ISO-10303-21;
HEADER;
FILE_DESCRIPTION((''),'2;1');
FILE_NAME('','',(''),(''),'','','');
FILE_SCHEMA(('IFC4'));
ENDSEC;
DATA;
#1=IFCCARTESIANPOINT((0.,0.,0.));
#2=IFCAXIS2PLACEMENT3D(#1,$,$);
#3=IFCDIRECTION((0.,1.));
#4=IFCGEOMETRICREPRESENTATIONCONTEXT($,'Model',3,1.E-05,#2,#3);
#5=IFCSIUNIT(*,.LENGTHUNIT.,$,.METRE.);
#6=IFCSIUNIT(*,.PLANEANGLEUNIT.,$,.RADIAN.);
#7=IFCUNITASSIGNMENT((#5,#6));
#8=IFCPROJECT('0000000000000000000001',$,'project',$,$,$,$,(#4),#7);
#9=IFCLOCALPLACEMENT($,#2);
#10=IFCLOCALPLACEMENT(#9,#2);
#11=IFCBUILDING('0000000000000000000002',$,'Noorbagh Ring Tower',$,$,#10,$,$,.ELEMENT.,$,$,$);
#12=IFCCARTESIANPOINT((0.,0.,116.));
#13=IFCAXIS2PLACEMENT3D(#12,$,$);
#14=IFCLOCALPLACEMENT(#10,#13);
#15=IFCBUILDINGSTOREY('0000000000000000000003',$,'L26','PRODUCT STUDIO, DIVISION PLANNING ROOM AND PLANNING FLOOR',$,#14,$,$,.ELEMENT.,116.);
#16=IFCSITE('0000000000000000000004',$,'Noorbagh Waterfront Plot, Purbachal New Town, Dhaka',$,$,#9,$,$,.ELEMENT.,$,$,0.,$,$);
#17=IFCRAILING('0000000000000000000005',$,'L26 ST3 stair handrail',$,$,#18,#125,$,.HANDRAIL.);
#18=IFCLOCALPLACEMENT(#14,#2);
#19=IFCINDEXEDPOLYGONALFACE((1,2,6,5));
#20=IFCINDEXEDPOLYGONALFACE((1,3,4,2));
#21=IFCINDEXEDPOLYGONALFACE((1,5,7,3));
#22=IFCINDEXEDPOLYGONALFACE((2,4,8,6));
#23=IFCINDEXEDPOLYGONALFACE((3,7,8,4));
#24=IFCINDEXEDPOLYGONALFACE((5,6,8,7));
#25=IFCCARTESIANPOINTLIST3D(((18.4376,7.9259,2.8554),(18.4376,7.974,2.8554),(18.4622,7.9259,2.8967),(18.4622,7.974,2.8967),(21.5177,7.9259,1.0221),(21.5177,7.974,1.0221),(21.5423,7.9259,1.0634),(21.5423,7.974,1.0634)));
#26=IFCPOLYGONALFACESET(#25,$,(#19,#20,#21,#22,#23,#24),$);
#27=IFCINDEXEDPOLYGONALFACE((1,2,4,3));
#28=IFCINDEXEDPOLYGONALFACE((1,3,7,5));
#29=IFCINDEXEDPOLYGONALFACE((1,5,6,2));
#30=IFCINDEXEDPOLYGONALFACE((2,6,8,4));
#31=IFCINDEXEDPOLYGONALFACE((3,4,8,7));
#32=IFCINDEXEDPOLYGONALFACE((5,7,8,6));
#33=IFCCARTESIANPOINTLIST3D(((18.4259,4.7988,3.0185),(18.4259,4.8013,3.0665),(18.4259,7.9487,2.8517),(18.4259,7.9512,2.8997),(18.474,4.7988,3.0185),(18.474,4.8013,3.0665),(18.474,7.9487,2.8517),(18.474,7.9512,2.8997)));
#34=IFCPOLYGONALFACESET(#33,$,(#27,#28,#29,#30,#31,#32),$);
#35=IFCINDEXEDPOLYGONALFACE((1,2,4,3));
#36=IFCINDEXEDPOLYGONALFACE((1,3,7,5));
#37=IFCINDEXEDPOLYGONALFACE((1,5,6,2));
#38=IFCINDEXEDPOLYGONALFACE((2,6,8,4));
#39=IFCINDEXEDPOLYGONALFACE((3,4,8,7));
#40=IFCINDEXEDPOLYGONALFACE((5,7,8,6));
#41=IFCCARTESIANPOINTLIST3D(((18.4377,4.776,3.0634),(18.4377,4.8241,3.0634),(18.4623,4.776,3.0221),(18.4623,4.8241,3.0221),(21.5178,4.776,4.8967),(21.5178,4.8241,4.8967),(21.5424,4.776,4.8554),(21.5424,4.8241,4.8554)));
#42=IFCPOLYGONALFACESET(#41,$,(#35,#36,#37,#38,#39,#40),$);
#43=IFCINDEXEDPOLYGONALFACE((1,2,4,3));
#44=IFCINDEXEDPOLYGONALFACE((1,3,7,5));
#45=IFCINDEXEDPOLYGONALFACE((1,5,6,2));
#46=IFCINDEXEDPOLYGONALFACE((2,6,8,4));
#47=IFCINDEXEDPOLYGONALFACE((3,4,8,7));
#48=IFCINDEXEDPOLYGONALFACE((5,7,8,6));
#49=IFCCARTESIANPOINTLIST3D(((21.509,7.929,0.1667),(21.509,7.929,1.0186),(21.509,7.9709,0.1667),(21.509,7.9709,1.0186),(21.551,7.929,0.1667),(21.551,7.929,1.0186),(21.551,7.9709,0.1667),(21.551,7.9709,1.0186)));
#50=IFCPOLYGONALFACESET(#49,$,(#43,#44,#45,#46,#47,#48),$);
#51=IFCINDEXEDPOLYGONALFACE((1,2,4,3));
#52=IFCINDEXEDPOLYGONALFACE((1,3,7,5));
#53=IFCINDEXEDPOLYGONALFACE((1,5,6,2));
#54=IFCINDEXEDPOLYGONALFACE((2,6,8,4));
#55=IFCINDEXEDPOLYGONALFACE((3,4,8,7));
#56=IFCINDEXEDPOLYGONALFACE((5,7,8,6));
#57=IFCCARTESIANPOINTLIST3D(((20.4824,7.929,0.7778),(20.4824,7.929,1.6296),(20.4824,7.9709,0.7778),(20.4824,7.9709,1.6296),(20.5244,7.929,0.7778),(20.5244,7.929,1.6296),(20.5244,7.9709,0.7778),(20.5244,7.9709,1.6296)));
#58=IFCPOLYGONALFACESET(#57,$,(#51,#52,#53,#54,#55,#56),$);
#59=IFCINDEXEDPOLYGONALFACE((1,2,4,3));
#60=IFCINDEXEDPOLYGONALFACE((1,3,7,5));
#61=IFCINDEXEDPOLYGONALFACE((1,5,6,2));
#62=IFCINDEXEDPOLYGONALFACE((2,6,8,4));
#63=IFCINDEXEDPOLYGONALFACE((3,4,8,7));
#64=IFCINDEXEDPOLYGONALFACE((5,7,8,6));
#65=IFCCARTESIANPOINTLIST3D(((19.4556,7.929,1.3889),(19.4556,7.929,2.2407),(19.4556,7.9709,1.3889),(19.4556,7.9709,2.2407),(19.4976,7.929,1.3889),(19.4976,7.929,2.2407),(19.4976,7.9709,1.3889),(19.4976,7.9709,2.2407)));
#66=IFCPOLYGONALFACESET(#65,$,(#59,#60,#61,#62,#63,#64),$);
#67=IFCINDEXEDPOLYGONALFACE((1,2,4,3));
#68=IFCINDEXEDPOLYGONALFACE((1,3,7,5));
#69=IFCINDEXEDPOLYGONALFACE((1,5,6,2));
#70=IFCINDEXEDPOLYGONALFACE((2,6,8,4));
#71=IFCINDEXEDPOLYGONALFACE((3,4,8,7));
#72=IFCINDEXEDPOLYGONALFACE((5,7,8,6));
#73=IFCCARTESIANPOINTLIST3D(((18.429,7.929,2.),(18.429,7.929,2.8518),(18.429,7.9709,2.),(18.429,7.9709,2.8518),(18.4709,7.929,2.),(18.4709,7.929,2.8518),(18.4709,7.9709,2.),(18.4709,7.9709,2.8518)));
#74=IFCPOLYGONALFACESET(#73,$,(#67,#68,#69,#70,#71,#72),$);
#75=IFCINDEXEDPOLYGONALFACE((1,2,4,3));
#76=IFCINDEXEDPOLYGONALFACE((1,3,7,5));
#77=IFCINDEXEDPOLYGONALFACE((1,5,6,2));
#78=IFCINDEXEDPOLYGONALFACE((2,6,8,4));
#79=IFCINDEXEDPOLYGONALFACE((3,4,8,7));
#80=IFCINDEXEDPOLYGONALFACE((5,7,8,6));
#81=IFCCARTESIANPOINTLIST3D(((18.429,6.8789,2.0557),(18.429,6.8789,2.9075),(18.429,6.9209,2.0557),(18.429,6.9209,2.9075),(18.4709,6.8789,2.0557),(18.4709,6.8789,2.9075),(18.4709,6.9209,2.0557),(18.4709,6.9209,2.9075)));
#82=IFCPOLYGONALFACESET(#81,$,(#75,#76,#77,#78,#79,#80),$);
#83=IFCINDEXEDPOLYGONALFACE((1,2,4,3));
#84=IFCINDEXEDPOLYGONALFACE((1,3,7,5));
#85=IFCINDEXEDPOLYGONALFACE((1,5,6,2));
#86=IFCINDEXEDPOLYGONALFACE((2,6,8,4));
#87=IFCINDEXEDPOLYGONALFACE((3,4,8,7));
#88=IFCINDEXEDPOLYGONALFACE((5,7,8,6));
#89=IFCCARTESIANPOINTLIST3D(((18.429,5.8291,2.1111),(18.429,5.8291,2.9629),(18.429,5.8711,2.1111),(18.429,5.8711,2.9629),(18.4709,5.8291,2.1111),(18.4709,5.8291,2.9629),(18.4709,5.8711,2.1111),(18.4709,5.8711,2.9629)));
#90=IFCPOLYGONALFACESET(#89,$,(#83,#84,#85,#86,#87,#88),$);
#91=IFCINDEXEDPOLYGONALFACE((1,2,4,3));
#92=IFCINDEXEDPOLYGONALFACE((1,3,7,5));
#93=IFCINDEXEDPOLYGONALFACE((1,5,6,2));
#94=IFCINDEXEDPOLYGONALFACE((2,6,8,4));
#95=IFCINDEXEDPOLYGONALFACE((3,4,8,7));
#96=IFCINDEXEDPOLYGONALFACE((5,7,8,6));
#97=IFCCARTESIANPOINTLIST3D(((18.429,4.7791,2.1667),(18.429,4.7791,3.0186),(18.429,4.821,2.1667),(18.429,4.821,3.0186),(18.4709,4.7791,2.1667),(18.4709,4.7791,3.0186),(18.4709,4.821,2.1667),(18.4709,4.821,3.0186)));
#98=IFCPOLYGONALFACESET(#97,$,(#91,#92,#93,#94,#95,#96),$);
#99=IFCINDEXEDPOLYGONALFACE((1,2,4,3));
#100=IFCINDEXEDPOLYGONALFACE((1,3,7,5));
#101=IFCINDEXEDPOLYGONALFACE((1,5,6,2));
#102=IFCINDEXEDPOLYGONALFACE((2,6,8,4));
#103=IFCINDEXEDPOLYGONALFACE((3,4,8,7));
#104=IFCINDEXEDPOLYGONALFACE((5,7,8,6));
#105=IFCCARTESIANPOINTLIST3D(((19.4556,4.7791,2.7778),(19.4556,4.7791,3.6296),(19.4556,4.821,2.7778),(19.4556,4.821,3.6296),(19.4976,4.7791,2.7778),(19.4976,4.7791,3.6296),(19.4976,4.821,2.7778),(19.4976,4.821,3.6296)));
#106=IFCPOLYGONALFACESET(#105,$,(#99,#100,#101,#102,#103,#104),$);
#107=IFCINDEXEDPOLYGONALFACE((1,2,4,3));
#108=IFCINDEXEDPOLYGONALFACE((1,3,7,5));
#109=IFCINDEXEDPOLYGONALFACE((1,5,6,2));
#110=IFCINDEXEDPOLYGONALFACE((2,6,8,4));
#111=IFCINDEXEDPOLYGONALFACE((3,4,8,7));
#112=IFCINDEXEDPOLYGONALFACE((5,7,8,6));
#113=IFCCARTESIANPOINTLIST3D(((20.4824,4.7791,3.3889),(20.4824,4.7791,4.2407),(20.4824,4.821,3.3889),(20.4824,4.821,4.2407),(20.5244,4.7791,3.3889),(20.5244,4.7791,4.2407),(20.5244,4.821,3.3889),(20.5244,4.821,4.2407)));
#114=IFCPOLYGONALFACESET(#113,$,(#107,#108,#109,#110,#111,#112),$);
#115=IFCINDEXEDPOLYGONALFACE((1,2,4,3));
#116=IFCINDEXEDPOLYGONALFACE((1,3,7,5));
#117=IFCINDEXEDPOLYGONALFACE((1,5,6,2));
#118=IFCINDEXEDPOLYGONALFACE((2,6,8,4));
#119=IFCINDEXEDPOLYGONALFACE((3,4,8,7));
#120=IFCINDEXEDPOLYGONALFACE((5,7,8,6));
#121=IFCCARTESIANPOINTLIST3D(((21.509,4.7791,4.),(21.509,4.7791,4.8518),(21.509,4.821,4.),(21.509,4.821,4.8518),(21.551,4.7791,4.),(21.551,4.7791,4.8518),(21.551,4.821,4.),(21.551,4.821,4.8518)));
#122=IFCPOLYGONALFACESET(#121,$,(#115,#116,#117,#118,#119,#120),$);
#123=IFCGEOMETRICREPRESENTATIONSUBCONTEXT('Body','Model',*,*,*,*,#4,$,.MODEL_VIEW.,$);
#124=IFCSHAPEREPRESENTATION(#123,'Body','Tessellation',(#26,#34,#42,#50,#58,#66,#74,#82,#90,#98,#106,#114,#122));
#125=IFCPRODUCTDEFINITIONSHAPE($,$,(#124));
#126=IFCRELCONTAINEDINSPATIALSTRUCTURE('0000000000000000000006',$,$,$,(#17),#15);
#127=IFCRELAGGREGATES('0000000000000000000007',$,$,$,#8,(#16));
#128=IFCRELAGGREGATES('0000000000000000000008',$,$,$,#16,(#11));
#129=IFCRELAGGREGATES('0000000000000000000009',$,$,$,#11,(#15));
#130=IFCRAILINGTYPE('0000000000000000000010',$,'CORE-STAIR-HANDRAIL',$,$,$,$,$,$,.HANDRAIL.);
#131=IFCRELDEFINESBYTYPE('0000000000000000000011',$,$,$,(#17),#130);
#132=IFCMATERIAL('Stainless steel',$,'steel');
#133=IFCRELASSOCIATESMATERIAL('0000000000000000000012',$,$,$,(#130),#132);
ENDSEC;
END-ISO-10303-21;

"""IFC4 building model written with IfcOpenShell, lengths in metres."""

from ifc_helpers import new_model, si_unit, direction, frame, origin, origin_2d, place, context, subcontext, project, spatial, rectangle, extrude, material, type_object, element, save


model = new_model("IFC4")

# Units and contexts
model_context = context("Model", 3, precision=1e-05, world=origin(), true_north=direction((0.0, 1.0)))
body_context = subcontext(model_context, "Body", "Model", "MODEL_VIEW")
ifc_project = project(units=[si_unit("LENGTHUNIT", "METRE"), si_unit("PLANEANGLEUNIT", "RADIAN")], contexts=[model_context])

# Site, building, storey
site_placement = place(None, origin())
site = spatial("IfcSite", under=ifc_project, at=site_placement, Name="Noorbagh Waterfront Plot, Purbachal New Town, Dhaka", CompositionType="ELEMENT", RefElevation=0.0)
building_placement = place(site_placement, origin())
building = spatial("IfcBuilding", under=site, at=building_placement, Name="Noorbagh Ring Tower", CompositionType="ELEMENT")
storey_placement = place(building_placement, frame((0.0, 0.0, 116.0)))
storey = spatial("IfcBuildingStorey", under=building, at=storey_placement, Name="L26", Description="PRODUCT STUDIO, DIVISION PLANNING ROOM AND PLANNING FLOOR", CompositionType="ELEMENT", Elevation=116.0)

# Railing
ifc_material_1 = material(Name="Stainless steel", Category="steel")
railing_type_1 = type_object("IfcRailingType", Name="CORE-STAIR-HANDRAIL", PredefinedType="HANDRAIL", material=ifc_material_1)
railing_1_placement = place(storey_placement, frame((21.53, 7.95, 0.1667)))
element("IfcRailing", 1, at=railing_1_placement, inside=storey, type_object=railing_type_1, Name="L26 ST3 stair handrail", PredefinedType="HANDRAIL", context=body_context, shape_type="SweptSolid", body=[
    extrude(rectangle(XDim=0.0481, YDim=0.0481, at=origin_2d()), frame((0.0, 0.0, 0.876), z_axis=(-0.859309, 0.0, 0.511458), x_axis=(0.0, -1.0, 0.0)), (0.0, 0.0, 1.0), 3.5845),
    extrude(rectangle(XDim=0.0481, YDim=0.0481, at=origin_2d()), frame((-3.0801, 0.0, 2.709), z_axis=(0.0, -0.998602, 0.052864), x_axis=(1.0, 0.0, 0.0)), (0.0, 0.0, 1.0), 3.1543),
    extrude(rectangle(XDim=0.0481, YDim=0.0481, at=origin_2d()), frame((-3.0801, -3.1499, 2.876), z_axis=(0.859309, 0.0, 0.511458), x_axis=(0.0, 1.0, 0.0)), (0.0, 0.0, 1.0), 3.5845),
    extrude(rectangle(XDim=0.042, YDim=0.042, at=origin_2d()), origin(), (0.0, 0.0, 1.0), 0.8518),
    extrude(rectangle(XDim=0.042, YDim=0.042, at=origin_2d()), frame((-1.0266, 0.0, 0.6111)), (0.0, 0.0, 1.0), 0.8518),
    extrude(rectangle(XDim=0.042, YDim=0.042, at=origin_2d()), frame((-2.0535, 0.0, 1.2222)), (0.0, 0.0, 1.0), 0.8518),
    extrude(rectangle(XDim=0.042, YDim=0.042, at=origin_2d()), frame((-3.0801, 0.0, 1.8333)), (0.0, 0.0, 1.0), 0.8518),
    extrude(rectangle(XDim=0.042, YDim=0.042, at=origin_2d()), frame((-3.0801, -1.05, 1.8889)), (0.0, 0.0, 1.0), 0.8518),
    extrude(rectangle(XDim=0.042, YDim=0.042, at=origin_2d()), frame((-3.0801, -2.0999, 1.9443)), (0.0, 0.0, 1.0), 0.8518),
    extrude(rectangle(XDim=0.042, YDim=0.042, at=origin_2d()), frame((-3.0801, -3.1499, 2.0)), (0.0, 0.0, 1.0), 0.8518),
    extrude(rectangle(XDim=0.042, YDim=0.042, at=origin_2d()), frame((-2.0535, -3.1499, 2.6111)), (0.0, 0.0, 1.0), 0.8518),
    extrude(rectangle(XDim=0.042, YDim=0.042, at=origin_2d()), frame((-1.0266, -3.1499, 3.2222)), (0.0, 0.0, 1.0), 0.8518),
    extrude(rectangle(XDim=0.042, YDim=0.042, at=origin_2d()), frame((0.0, -3.1499, 3.8333)), (0.0, 0.0, 1.0), 0.8518),
])

save(model, "model.ifc")
